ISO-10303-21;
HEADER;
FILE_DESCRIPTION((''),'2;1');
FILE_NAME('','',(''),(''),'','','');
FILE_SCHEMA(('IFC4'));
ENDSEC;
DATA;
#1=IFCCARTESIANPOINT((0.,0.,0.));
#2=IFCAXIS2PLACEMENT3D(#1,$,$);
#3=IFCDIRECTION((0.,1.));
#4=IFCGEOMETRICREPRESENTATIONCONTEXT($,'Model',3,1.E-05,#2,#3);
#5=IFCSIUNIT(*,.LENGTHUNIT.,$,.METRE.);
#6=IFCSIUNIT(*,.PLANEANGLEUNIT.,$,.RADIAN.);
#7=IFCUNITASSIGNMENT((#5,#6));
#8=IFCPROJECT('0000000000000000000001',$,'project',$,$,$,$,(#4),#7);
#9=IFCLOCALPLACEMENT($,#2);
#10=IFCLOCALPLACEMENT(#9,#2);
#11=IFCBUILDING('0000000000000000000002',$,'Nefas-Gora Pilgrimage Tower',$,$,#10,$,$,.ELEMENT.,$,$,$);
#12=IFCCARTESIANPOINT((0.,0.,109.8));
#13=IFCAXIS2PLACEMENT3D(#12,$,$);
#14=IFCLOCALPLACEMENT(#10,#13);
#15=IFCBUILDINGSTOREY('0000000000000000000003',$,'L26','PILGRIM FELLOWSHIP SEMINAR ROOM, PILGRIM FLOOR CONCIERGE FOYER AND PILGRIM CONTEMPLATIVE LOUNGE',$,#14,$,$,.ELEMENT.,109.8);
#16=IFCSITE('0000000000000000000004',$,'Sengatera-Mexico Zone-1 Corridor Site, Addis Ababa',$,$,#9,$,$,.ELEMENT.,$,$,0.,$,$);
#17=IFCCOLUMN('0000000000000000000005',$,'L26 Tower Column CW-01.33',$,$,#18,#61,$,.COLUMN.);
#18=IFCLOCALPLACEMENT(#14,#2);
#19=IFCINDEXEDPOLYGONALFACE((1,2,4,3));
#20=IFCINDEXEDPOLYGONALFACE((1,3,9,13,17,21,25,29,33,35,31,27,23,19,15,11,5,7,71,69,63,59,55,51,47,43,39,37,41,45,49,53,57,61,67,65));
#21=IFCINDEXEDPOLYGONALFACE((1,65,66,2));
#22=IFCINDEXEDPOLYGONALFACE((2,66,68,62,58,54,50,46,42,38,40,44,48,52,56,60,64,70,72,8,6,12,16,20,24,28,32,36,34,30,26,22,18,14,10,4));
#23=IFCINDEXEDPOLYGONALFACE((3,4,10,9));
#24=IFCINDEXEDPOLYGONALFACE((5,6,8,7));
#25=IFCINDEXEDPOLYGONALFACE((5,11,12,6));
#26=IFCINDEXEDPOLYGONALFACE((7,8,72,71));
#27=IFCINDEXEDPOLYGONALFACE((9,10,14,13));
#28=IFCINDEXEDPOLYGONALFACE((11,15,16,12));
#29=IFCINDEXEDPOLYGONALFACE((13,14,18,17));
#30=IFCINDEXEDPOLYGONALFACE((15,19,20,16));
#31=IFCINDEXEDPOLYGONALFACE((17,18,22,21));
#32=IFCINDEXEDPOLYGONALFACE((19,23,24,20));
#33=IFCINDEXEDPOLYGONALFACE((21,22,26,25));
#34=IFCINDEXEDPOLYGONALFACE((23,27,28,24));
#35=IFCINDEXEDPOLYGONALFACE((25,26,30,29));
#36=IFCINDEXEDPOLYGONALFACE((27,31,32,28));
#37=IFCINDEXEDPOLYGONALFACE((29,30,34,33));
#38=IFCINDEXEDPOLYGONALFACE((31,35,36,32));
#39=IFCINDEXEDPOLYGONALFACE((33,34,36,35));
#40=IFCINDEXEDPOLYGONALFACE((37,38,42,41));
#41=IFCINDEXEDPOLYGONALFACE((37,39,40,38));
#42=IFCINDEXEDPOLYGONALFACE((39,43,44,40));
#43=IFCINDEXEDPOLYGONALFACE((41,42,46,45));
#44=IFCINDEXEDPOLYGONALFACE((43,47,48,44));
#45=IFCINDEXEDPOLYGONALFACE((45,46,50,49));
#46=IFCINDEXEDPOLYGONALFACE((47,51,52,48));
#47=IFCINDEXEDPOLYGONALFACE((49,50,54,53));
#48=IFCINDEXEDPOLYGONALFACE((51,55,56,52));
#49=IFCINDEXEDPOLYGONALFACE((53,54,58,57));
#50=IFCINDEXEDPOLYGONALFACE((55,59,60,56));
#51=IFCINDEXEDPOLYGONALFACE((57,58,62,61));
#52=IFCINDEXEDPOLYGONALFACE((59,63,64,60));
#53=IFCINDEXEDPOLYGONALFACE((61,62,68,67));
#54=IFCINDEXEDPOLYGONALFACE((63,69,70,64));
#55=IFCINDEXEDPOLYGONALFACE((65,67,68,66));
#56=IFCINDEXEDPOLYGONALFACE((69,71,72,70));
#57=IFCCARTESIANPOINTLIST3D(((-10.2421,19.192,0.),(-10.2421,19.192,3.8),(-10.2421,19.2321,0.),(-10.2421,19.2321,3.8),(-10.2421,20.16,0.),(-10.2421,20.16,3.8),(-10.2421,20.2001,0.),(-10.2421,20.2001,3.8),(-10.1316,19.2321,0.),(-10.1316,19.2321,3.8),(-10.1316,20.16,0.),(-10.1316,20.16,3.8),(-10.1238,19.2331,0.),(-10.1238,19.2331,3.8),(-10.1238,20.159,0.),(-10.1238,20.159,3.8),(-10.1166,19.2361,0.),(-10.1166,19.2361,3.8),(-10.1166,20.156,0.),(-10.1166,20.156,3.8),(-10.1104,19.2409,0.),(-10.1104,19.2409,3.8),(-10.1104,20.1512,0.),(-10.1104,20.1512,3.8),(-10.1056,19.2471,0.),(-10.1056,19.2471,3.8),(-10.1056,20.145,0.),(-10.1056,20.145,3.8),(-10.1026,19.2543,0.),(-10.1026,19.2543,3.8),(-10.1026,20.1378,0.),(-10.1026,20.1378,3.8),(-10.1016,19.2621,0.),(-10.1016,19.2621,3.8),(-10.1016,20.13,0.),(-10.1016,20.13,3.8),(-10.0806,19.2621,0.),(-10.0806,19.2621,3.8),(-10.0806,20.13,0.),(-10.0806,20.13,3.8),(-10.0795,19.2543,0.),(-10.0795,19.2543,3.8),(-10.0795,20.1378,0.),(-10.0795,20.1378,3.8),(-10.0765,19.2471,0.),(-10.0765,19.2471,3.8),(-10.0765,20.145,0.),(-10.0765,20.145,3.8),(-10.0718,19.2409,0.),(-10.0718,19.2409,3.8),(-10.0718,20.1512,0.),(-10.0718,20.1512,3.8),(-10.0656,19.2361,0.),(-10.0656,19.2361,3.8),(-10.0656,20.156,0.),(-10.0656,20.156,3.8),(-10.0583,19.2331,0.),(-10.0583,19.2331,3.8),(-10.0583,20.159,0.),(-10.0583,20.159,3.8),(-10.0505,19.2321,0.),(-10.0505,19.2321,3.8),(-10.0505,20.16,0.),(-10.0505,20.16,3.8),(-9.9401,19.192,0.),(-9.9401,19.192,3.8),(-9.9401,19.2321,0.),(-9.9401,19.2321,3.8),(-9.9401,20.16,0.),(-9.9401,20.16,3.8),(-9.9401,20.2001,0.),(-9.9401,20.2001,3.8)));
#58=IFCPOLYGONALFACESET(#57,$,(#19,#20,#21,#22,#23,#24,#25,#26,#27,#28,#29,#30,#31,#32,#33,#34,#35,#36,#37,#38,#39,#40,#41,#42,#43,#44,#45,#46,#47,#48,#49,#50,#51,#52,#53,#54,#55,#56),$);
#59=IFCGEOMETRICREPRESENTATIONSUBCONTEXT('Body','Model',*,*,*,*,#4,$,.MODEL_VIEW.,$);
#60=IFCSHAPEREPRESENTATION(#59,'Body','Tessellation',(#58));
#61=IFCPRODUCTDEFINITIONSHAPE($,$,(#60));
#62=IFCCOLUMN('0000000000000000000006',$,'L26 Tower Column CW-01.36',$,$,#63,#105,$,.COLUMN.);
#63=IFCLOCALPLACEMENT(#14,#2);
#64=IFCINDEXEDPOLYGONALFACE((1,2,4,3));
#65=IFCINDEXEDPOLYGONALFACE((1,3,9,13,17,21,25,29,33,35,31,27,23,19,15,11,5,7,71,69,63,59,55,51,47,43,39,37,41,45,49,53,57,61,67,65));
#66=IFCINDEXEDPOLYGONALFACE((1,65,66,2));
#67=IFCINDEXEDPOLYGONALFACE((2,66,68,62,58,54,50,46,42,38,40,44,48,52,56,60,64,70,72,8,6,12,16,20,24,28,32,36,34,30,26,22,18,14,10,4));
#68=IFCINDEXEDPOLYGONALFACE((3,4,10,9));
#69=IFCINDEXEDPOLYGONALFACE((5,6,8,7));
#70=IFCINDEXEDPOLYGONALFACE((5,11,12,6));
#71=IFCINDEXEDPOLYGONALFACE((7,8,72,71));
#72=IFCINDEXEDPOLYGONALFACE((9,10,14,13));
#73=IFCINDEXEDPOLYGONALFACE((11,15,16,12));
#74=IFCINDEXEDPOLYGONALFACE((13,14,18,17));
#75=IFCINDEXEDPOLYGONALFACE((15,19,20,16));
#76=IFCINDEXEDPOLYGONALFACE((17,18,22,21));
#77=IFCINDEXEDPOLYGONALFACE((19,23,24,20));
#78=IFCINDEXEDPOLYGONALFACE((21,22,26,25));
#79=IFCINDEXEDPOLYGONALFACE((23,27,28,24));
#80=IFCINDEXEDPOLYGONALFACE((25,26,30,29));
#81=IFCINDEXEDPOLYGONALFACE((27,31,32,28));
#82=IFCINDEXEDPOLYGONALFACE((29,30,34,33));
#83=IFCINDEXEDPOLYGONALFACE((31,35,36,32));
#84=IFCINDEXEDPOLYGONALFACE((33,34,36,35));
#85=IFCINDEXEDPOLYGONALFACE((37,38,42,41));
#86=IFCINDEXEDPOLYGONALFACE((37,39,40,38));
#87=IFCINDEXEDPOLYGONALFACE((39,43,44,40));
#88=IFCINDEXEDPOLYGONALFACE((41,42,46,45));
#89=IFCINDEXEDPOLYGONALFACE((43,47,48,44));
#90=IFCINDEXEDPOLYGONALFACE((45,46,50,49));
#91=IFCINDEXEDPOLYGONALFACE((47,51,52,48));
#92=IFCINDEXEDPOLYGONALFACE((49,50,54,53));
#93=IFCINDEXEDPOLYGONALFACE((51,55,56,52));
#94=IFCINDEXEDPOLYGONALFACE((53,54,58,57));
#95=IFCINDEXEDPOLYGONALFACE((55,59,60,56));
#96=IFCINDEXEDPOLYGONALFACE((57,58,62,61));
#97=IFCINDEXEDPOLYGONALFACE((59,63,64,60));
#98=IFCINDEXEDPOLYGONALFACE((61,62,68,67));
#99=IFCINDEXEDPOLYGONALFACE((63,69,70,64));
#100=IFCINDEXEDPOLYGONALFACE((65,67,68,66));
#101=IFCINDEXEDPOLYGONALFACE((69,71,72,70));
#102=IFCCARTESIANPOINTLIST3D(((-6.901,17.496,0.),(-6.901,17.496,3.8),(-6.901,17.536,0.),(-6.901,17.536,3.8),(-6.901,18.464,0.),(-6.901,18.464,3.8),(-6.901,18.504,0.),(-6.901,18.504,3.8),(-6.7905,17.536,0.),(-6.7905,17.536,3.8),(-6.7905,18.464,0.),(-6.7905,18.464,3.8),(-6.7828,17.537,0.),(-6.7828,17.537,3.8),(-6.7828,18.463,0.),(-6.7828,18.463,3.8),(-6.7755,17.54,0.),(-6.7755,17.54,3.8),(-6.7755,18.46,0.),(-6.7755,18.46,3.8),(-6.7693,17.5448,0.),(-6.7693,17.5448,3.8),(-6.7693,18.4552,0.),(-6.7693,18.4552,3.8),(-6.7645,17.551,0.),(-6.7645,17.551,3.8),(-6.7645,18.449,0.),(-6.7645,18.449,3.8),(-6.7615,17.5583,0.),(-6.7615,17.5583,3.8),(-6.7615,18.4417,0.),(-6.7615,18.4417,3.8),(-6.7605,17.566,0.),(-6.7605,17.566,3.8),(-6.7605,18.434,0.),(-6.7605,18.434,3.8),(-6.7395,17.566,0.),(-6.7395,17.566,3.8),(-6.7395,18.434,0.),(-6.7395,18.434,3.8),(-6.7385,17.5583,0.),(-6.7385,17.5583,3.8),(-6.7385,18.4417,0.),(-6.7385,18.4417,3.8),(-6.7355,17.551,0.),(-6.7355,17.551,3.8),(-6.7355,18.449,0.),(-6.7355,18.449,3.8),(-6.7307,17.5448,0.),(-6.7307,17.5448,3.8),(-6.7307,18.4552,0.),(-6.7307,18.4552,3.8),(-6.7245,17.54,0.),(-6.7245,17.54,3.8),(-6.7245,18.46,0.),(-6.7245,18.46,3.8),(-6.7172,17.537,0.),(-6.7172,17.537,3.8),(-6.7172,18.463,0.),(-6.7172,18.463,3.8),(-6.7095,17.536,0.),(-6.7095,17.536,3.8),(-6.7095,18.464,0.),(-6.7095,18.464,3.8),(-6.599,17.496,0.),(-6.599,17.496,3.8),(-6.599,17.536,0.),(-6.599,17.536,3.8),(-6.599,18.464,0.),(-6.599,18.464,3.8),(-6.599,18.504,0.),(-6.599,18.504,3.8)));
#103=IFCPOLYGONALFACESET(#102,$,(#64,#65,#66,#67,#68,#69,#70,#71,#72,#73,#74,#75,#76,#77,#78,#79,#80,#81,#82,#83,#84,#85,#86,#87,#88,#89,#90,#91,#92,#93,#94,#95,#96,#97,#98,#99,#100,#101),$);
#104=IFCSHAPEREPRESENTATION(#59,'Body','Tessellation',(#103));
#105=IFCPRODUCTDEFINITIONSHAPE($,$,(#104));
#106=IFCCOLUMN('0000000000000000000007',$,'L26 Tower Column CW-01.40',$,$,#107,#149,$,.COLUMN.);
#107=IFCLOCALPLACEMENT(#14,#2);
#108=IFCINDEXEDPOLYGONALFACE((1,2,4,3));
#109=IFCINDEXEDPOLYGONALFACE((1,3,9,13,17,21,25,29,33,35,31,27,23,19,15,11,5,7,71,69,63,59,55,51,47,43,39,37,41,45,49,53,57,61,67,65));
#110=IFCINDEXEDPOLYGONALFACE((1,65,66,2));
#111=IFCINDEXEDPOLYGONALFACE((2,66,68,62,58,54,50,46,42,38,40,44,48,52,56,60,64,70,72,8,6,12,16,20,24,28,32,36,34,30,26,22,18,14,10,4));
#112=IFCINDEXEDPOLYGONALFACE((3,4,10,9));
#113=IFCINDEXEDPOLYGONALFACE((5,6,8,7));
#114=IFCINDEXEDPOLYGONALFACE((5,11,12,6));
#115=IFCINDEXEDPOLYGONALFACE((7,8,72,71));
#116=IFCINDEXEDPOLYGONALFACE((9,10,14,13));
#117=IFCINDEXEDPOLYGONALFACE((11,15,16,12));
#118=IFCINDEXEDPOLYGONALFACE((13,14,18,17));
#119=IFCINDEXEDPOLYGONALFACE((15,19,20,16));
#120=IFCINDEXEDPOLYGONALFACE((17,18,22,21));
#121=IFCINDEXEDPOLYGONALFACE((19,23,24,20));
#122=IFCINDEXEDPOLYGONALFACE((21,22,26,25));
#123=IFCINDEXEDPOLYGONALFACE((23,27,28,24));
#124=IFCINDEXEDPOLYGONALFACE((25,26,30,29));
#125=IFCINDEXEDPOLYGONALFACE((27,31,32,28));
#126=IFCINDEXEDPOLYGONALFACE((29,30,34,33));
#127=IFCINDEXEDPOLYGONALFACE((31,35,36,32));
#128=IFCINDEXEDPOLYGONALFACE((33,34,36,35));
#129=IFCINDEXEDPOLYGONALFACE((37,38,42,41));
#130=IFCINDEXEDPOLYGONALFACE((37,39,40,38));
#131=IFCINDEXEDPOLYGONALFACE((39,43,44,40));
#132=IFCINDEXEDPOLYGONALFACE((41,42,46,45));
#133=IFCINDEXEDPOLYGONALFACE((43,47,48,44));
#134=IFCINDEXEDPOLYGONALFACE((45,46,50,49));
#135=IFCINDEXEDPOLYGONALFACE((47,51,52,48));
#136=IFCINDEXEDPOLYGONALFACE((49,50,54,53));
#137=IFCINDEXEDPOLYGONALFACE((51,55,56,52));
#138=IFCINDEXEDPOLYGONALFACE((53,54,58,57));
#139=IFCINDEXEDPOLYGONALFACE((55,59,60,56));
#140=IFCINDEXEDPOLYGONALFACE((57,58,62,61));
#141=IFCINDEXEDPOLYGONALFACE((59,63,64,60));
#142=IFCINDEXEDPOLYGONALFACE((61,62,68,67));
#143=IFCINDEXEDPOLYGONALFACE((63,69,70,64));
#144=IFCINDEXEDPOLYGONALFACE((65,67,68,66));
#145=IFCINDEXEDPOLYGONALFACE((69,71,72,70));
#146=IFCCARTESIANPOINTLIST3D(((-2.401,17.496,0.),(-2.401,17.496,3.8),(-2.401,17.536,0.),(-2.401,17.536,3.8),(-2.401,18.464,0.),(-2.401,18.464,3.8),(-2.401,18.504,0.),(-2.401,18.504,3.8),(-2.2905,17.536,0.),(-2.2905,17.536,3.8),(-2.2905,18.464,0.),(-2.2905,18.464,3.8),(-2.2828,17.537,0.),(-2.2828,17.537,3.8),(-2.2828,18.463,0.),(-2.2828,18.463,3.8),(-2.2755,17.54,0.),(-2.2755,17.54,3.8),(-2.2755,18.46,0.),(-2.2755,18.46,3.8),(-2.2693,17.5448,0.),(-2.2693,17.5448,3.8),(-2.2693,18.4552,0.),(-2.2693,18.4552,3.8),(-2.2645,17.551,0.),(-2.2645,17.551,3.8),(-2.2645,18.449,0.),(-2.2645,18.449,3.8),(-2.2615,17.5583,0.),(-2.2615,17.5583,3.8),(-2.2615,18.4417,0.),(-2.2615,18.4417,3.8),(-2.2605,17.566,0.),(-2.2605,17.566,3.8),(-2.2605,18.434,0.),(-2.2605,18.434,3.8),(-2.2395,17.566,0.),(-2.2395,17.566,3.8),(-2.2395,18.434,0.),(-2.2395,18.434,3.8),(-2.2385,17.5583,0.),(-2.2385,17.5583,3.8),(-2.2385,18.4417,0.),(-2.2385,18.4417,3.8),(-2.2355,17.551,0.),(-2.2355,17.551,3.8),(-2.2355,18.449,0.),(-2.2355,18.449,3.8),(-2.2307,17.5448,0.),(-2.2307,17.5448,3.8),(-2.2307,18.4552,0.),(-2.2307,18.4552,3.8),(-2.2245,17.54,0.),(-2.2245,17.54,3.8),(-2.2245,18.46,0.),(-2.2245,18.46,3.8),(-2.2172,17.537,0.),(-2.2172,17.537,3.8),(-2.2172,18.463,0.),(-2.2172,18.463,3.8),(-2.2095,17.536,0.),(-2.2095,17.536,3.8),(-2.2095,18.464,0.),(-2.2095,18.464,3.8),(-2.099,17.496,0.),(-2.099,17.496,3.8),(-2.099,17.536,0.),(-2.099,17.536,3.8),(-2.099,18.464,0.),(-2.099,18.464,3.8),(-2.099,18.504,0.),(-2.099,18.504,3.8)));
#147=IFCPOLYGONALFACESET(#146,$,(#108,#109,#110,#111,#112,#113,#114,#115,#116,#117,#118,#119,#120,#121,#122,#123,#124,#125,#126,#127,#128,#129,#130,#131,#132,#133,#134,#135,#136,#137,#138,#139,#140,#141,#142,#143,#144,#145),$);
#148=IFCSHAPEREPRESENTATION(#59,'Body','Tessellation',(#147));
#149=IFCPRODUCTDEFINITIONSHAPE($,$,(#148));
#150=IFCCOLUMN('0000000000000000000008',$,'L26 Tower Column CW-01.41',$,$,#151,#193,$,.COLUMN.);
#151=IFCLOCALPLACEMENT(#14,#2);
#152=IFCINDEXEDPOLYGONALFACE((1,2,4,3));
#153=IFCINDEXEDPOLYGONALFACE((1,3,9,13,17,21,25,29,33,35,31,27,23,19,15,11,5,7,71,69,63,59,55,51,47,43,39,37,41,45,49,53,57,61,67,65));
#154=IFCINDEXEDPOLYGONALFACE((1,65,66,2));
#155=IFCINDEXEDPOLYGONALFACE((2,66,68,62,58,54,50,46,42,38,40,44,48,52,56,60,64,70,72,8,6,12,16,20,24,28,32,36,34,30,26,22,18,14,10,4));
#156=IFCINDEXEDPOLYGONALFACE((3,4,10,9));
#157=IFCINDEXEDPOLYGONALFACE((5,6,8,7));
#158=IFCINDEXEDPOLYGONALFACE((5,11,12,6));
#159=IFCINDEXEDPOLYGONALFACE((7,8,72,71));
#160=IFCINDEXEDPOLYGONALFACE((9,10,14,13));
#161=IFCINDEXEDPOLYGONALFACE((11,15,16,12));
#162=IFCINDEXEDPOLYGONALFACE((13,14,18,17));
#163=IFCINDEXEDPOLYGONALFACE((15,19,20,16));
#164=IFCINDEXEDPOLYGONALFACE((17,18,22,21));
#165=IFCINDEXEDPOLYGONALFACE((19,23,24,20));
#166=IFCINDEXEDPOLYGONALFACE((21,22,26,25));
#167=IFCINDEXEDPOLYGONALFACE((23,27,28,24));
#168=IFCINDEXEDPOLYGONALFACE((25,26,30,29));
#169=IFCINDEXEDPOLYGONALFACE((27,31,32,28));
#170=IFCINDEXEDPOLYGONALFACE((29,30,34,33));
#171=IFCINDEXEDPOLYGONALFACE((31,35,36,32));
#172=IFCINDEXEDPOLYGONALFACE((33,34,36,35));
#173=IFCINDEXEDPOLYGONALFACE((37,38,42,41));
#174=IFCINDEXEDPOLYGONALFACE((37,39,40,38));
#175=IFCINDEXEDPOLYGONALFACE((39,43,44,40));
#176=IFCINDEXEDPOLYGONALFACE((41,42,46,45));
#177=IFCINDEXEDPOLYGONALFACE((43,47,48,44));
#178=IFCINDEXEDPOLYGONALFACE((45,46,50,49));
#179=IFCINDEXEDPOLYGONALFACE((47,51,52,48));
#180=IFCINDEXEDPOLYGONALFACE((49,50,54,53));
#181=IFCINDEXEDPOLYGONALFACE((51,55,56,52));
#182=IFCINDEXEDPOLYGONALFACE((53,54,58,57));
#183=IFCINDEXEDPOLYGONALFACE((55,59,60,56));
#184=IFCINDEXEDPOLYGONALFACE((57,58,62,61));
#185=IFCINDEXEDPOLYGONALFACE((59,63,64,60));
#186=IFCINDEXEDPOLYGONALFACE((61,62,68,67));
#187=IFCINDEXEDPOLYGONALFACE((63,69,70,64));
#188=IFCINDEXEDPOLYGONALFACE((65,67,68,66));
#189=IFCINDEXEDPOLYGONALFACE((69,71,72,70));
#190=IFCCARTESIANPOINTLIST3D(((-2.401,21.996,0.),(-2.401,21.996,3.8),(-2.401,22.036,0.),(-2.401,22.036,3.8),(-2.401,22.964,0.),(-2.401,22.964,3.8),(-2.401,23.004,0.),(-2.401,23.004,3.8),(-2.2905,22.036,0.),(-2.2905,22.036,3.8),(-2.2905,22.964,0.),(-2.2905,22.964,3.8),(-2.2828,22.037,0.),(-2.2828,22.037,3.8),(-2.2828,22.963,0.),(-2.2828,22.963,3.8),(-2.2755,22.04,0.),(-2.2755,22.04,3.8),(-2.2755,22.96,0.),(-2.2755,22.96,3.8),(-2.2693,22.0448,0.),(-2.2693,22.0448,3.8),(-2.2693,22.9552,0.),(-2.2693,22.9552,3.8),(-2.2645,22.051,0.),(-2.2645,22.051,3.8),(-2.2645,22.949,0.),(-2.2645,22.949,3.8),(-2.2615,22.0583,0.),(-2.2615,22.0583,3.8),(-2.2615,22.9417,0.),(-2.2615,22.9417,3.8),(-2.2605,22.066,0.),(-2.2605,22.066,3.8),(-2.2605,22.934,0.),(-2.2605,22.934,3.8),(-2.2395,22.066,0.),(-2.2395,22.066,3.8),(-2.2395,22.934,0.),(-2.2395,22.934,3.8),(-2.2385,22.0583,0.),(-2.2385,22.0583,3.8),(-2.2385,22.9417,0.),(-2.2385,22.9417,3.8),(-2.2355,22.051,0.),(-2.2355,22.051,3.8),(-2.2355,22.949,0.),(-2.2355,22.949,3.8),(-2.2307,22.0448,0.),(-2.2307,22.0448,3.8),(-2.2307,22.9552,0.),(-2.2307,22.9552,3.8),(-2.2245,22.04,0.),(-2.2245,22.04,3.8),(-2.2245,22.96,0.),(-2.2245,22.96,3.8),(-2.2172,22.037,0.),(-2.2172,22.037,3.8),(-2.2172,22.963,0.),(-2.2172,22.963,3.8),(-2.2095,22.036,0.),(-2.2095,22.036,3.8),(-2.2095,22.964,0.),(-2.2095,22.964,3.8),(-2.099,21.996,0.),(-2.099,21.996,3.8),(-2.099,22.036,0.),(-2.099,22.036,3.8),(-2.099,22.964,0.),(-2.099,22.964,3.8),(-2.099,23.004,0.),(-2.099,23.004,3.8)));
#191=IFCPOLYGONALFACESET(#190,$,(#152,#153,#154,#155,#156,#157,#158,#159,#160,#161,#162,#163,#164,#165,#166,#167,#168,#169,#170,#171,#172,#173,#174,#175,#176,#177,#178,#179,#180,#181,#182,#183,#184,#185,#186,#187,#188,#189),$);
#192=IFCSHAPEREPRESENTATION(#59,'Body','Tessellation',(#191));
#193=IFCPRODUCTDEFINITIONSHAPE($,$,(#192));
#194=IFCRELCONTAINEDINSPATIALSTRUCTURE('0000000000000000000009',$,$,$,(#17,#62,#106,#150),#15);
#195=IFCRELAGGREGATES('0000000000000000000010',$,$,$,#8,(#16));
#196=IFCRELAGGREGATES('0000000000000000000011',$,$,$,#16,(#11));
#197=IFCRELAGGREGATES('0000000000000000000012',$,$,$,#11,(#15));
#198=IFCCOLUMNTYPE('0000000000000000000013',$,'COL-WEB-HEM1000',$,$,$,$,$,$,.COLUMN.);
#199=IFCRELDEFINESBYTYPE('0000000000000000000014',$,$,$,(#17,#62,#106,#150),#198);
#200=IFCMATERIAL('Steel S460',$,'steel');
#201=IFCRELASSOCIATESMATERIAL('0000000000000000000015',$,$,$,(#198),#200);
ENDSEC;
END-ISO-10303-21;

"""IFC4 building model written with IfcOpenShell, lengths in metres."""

from ifc_helpers import new_model, si_unit, direction, frame, origin, origin_2d, place, context, subcontext, project, spatial, i_section, extrude, source, transform, mapped, material, material_profile, profile_set, type_object, element, save


model = new_model("IFC4")

# Units and contexts
model_context = context("Model", 3, precision=1e-05, world=origin(), true_north=direction((0.0, 1.0)))
body_context = subcontext(model_context, "Body", "Model", "MODEL_VIEW")
ifc_project = project(units=[si_unit("LENGTHUNIT", "METRE"), si_unit("PLANEANGLEUNIT", "RADIAN")], contexts=[model_context])

# Site, building, storey
site_placement = place(None, origin())
site = spatial("IfcSite", under=ifc_project, at=site_placement, Name="Sengatera-Mexico Zone-1 Corridor Site, Addis Ababa", CompositionType="ELEMENT", RefElevation=0.0)
building_placement = place(site_placement, origin())
building = spatial("IfcBuilding", under=site, at=building_placement, Name="Nefas-Gora Pilgrimage Tower", CompositionType="ELEMENT")
storey_placement = place(building_placement, frame((0.0, 0.0, 109.8)))
storey = spatial("IfcBuildingStorey", under=building, at=storey_placement, Name="L26", Description="PILGRIM FELLOWSHIP SEMINAR ROOM, PILGRIM FLOOR CONCIERGE FOYER AND PILGRIM CONTEMPLATIVE LOUNGE", CompositionType="ELEMENT", Elevation=109.8)

# Columns
ifc_material_1 = material(Name="Steel S460", Category="steel")
ifc_material_profile_1 = material_profile(ifc_material_1, i_section(OverallWidth=0.302, OverallDepth=1.0081, WebThickness=0.021, FlangeThickness=0.04, FilletRadius=0.03, at=origin_2d()), Name="HEM 1000")
ifc_profile_set_1 = profile_set([ifc_material_profile_1], Name="Steel S460")
column_type_1 = type_object("IfcColumnType", Name="COL-WEB-HEM1000", PredefinedType="COLUMN", material=ifc_profile_set_1)
shared_shape_1 = source(origin(), body_context, "Body", "SweptSolid", [
    extrude(i_section(OverallWidth=0.302, OverallDepth=1.0081, WebThickness=0.021, FlangeThickness=0.04, FilletRadius=0.03, at=origin_2d()), origin(), (0.0, 0.0, 1.0), 3.8),
])
for number, where, z_axis, x_axis, name in (
    (1, (-10.0911, 19.696, 0.0), (0.0, 0.0, 1.0), (1.0, 0.0, 0.0), "L26 Tower Column CW-01.33"),
    (2, (-6.75, 18.0, 0.0), (0.0, 0.0, 1.0), (1.0, 0.0, 0.0), "L26 Tower Column CW-01.36"),
    (3, (-2.25, 18.0, 0.0), (0.0, 0.0, 1.0), (1.0, 0.0, 0.0), "L26 Tower Column CW-01.40"),
    (4, (-2.25, 22.5, 0.0), (0.0, 0.0, 1.0), (1.0, 0.0, 0.0), "L26 Tower Column CW-01.41"),
):
    element("IfcColumn", number, at=place(storey_placement, frame(where, z_axis=z_axis, x_axis=x_axis)), inside=storey, type_object=column_type_1, Name=name, PredefinedType="COLUMN", context=body_context, shape_type="MappedRepresentation", body=[
        mapped(shared_shape_1, transform((0.0, 0.0, 0.0), x_axis=(1.0, 0.0, 0.0), y_axis=(0.0, 1.0, 0.0), z_axis=(0.0, 0.0, 1.0), scale=1.0)),
    ])

save(model, "model.ifc")
